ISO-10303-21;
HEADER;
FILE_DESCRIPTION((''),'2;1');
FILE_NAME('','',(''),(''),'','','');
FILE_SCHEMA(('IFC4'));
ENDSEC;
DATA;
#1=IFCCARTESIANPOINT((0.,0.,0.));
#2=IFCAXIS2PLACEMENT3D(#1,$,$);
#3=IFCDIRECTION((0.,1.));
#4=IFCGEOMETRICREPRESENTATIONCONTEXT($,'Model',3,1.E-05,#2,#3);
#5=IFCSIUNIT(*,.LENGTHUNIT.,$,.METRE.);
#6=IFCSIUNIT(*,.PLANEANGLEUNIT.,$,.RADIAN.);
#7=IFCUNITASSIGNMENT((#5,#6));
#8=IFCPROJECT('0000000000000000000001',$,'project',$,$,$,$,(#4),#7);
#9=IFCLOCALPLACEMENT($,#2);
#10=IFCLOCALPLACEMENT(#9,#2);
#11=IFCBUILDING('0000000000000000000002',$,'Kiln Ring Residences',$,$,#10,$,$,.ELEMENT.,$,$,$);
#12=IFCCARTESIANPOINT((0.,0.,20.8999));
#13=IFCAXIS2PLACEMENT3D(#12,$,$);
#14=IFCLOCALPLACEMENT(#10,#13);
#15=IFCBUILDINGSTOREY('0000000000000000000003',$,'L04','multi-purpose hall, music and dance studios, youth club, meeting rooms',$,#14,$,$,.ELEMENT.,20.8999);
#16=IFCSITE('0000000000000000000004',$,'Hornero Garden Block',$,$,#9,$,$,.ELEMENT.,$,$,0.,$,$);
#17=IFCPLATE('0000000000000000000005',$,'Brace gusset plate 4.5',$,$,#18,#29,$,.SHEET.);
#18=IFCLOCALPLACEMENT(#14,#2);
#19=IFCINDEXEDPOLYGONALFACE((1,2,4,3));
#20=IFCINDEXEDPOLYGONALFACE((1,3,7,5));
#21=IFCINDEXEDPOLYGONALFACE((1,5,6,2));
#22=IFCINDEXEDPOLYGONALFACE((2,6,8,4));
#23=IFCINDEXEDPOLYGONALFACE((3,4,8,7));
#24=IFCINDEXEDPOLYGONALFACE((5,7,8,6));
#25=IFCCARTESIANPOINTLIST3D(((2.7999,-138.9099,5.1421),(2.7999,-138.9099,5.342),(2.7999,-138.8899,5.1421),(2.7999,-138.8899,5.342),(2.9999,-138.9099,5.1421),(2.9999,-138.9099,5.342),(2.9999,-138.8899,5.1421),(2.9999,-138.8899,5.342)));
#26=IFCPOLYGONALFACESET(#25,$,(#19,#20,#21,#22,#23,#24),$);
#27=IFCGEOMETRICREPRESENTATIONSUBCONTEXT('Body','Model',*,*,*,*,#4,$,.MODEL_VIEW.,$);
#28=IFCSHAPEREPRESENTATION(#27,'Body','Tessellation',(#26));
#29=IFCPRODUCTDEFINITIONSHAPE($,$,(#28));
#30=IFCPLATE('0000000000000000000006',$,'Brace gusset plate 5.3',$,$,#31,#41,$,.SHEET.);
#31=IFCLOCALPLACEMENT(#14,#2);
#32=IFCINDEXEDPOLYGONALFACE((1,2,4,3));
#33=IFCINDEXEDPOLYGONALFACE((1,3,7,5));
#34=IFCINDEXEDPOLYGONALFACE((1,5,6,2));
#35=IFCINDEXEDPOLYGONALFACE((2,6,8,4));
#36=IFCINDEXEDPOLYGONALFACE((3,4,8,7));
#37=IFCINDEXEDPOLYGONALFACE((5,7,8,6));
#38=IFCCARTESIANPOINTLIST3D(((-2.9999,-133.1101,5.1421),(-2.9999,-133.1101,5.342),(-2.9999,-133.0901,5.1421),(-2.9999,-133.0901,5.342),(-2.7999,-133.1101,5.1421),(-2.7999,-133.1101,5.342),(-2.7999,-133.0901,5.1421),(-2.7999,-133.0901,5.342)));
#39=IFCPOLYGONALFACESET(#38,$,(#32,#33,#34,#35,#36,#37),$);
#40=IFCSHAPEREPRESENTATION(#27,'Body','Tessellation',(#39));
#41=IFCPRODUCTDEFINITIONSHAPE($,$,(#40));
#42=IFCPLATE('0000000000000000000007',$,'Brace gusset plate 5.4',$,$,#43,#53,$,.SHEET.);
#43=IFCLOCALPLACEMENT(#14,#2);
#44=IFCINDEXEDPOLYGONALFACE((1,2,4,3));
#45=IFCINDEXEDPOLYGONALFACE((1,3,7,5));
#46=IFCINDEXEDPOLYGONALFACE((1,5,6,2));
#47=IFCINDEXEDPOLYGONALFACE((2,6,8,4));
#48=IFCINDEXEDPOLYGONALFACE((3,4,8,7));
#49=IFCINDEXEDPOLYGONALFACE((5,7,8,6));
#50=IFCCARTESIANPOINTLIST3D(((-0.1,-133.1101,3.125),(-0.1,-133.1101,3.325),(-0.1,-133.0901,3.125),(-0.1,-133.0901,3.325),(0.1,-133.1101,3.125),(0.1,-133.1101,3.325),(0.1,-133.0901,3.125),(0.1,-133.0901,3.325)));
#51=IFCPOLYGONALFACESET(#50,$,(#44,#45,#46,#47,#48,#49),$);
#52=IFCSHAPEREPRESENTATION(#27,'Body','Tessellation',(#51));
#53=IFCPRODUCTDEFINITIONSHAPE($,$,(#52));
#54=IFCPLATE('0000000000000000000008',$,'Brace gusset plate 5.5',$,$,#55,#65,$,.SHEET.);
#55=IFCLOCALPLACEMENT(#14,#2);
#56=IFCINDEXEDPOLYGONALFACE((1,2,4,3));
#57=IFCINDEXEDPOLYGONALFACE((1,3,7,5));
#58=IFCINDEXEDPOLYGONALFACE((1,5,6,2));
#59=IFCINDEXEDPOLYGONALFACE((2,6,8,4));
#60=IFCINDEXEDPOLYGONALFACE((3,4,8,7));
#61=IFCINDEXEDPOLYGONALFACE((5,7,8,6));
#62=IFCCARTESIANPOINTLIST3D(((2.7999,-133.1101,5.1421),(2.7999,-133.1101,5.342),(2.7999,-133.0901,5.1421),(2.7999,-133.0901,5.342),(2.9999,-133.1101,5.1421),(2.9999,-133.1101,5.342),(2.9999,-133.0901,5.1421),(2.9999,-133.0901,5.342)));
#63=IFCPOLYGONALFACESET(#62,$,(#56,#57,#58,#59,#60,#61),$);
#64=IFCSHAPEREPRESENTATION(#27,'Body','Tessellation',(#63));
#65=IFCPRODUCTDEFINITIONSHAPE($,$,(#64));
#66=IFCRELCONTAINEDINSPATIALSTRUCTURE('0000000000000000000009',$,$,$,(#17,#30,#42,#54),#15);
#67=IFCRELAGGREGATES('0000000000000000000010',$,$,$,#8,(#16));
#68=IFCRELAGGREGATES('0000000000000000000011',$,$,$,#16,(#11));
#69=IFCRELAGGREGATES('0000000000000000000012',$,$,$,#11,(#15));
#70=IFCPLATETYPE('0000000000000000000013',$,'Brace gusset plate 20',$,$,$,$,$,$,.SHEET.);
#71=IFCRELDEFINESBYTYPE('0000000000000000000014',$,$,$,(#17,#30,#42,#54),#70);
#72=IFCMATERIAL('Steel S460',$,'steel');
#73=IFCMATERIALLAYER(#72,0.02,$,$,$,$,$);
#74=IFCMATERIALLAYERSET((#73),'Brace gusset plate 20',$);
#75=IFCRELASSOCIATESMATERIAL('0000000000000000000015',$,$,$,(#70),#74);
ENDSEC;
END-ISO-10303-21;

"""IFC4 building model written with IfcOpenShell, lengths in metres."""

from ifc_helpers import new_model, si_unit, direction, frame, origin, origin_2d, place, context, subcontext, project, spatial, rectangle, extrude, material, layer, layer_set, type_object, element, save


model = new_model("IFC4")

# Units and contexts
model_context = context("Model", 3, precision=1e-05, world=origin(), true_north=direction((0.0, 1.0)))
body_context = subcontext(model_context, "Body", "Model", "MODEL_VIEW")
ifc_project = project(units=[si_unit("LENGTHUNIT", "METRE"), si_unit("PLANEANGLEUNIT", "RADIAN")], contexts=[model_context])

# Site, building, storey
site_placement = place(None, origin())
site = spatial("IfcSite", under=ifc_project, at=site_placement, Name="Hornero Garden Block", CompositionType="ELEMENT", RefElevation=0.0)
building_placement = place(site_placement, origin())
building = spatial("IfcBuilding", under=site, at=building_placement, Name="Kiln Ring Residences", CompositionType="ELEMENT")
storey_placement = place(building_placement, frame((0.0, 0.0, 20.8999)))
storey = spatial("IfcBuildingStorey", under=building, at=storey_placement, Name="L04", Description="multi-purpose hall, music and dance studios, youth club, meeting rooms", CompositionType="ELEMENT", Elevation=20.8999)

# Plates
ifc_material_1 = material(Name="Steel S460", Category="steel")
ifc_layer = layer(ifc_material_1, 0.02)
ifc_layer_set = layer_set([ifc_layer], Name="Brace gusset plate 20")
plate_type = type_object("IfcPlateType", Name="Brace gusset plate 20", PredefinedType="SHEET", material=ifc_layer_set)
for number, where, z_axis, x_axis, name in (
    (1, (2.8999, -138.8999, 5.1421), (0.0, 0.0, 1.0), (1.0, 0.0, 0.0), "Brace gusset plate 4.5"),
    (2, (-2.8999, -133.1001, 5.1421), (0.0, 0.0, 1.0), (1.0, 0.0, 0.0), "Brace gusset plate 5.3"),
    (3, (0.0, -133.1001, 3.125), (0.0, 0.0, 1.0), (1.0, 0.0, 0.0), "Brace gusset plate 5.4"),
    (4, (2.8999, -133.1001, 5.1421), (0.0, 0.0, 1.0), (1.0, 0.0, 0.0), "Brace gusset plate 5.5"),
):
    element("IfcPlate", number, at=place(storey_placement, frame(where, z_axis=z_axis, x_axis=x_axis)), inside=storey, type_object=plate_type, Name=name, PredefinedType="SHEET", context=body_context, shape_type="SweptSolid", body=[
        extrude(rectangle(XDim=0.2, YDim=0.02, at=origin_2d()), origin(), (0.0, 0.0, 1.0), 0.2),
    ])

save(model, "model.ifc")
